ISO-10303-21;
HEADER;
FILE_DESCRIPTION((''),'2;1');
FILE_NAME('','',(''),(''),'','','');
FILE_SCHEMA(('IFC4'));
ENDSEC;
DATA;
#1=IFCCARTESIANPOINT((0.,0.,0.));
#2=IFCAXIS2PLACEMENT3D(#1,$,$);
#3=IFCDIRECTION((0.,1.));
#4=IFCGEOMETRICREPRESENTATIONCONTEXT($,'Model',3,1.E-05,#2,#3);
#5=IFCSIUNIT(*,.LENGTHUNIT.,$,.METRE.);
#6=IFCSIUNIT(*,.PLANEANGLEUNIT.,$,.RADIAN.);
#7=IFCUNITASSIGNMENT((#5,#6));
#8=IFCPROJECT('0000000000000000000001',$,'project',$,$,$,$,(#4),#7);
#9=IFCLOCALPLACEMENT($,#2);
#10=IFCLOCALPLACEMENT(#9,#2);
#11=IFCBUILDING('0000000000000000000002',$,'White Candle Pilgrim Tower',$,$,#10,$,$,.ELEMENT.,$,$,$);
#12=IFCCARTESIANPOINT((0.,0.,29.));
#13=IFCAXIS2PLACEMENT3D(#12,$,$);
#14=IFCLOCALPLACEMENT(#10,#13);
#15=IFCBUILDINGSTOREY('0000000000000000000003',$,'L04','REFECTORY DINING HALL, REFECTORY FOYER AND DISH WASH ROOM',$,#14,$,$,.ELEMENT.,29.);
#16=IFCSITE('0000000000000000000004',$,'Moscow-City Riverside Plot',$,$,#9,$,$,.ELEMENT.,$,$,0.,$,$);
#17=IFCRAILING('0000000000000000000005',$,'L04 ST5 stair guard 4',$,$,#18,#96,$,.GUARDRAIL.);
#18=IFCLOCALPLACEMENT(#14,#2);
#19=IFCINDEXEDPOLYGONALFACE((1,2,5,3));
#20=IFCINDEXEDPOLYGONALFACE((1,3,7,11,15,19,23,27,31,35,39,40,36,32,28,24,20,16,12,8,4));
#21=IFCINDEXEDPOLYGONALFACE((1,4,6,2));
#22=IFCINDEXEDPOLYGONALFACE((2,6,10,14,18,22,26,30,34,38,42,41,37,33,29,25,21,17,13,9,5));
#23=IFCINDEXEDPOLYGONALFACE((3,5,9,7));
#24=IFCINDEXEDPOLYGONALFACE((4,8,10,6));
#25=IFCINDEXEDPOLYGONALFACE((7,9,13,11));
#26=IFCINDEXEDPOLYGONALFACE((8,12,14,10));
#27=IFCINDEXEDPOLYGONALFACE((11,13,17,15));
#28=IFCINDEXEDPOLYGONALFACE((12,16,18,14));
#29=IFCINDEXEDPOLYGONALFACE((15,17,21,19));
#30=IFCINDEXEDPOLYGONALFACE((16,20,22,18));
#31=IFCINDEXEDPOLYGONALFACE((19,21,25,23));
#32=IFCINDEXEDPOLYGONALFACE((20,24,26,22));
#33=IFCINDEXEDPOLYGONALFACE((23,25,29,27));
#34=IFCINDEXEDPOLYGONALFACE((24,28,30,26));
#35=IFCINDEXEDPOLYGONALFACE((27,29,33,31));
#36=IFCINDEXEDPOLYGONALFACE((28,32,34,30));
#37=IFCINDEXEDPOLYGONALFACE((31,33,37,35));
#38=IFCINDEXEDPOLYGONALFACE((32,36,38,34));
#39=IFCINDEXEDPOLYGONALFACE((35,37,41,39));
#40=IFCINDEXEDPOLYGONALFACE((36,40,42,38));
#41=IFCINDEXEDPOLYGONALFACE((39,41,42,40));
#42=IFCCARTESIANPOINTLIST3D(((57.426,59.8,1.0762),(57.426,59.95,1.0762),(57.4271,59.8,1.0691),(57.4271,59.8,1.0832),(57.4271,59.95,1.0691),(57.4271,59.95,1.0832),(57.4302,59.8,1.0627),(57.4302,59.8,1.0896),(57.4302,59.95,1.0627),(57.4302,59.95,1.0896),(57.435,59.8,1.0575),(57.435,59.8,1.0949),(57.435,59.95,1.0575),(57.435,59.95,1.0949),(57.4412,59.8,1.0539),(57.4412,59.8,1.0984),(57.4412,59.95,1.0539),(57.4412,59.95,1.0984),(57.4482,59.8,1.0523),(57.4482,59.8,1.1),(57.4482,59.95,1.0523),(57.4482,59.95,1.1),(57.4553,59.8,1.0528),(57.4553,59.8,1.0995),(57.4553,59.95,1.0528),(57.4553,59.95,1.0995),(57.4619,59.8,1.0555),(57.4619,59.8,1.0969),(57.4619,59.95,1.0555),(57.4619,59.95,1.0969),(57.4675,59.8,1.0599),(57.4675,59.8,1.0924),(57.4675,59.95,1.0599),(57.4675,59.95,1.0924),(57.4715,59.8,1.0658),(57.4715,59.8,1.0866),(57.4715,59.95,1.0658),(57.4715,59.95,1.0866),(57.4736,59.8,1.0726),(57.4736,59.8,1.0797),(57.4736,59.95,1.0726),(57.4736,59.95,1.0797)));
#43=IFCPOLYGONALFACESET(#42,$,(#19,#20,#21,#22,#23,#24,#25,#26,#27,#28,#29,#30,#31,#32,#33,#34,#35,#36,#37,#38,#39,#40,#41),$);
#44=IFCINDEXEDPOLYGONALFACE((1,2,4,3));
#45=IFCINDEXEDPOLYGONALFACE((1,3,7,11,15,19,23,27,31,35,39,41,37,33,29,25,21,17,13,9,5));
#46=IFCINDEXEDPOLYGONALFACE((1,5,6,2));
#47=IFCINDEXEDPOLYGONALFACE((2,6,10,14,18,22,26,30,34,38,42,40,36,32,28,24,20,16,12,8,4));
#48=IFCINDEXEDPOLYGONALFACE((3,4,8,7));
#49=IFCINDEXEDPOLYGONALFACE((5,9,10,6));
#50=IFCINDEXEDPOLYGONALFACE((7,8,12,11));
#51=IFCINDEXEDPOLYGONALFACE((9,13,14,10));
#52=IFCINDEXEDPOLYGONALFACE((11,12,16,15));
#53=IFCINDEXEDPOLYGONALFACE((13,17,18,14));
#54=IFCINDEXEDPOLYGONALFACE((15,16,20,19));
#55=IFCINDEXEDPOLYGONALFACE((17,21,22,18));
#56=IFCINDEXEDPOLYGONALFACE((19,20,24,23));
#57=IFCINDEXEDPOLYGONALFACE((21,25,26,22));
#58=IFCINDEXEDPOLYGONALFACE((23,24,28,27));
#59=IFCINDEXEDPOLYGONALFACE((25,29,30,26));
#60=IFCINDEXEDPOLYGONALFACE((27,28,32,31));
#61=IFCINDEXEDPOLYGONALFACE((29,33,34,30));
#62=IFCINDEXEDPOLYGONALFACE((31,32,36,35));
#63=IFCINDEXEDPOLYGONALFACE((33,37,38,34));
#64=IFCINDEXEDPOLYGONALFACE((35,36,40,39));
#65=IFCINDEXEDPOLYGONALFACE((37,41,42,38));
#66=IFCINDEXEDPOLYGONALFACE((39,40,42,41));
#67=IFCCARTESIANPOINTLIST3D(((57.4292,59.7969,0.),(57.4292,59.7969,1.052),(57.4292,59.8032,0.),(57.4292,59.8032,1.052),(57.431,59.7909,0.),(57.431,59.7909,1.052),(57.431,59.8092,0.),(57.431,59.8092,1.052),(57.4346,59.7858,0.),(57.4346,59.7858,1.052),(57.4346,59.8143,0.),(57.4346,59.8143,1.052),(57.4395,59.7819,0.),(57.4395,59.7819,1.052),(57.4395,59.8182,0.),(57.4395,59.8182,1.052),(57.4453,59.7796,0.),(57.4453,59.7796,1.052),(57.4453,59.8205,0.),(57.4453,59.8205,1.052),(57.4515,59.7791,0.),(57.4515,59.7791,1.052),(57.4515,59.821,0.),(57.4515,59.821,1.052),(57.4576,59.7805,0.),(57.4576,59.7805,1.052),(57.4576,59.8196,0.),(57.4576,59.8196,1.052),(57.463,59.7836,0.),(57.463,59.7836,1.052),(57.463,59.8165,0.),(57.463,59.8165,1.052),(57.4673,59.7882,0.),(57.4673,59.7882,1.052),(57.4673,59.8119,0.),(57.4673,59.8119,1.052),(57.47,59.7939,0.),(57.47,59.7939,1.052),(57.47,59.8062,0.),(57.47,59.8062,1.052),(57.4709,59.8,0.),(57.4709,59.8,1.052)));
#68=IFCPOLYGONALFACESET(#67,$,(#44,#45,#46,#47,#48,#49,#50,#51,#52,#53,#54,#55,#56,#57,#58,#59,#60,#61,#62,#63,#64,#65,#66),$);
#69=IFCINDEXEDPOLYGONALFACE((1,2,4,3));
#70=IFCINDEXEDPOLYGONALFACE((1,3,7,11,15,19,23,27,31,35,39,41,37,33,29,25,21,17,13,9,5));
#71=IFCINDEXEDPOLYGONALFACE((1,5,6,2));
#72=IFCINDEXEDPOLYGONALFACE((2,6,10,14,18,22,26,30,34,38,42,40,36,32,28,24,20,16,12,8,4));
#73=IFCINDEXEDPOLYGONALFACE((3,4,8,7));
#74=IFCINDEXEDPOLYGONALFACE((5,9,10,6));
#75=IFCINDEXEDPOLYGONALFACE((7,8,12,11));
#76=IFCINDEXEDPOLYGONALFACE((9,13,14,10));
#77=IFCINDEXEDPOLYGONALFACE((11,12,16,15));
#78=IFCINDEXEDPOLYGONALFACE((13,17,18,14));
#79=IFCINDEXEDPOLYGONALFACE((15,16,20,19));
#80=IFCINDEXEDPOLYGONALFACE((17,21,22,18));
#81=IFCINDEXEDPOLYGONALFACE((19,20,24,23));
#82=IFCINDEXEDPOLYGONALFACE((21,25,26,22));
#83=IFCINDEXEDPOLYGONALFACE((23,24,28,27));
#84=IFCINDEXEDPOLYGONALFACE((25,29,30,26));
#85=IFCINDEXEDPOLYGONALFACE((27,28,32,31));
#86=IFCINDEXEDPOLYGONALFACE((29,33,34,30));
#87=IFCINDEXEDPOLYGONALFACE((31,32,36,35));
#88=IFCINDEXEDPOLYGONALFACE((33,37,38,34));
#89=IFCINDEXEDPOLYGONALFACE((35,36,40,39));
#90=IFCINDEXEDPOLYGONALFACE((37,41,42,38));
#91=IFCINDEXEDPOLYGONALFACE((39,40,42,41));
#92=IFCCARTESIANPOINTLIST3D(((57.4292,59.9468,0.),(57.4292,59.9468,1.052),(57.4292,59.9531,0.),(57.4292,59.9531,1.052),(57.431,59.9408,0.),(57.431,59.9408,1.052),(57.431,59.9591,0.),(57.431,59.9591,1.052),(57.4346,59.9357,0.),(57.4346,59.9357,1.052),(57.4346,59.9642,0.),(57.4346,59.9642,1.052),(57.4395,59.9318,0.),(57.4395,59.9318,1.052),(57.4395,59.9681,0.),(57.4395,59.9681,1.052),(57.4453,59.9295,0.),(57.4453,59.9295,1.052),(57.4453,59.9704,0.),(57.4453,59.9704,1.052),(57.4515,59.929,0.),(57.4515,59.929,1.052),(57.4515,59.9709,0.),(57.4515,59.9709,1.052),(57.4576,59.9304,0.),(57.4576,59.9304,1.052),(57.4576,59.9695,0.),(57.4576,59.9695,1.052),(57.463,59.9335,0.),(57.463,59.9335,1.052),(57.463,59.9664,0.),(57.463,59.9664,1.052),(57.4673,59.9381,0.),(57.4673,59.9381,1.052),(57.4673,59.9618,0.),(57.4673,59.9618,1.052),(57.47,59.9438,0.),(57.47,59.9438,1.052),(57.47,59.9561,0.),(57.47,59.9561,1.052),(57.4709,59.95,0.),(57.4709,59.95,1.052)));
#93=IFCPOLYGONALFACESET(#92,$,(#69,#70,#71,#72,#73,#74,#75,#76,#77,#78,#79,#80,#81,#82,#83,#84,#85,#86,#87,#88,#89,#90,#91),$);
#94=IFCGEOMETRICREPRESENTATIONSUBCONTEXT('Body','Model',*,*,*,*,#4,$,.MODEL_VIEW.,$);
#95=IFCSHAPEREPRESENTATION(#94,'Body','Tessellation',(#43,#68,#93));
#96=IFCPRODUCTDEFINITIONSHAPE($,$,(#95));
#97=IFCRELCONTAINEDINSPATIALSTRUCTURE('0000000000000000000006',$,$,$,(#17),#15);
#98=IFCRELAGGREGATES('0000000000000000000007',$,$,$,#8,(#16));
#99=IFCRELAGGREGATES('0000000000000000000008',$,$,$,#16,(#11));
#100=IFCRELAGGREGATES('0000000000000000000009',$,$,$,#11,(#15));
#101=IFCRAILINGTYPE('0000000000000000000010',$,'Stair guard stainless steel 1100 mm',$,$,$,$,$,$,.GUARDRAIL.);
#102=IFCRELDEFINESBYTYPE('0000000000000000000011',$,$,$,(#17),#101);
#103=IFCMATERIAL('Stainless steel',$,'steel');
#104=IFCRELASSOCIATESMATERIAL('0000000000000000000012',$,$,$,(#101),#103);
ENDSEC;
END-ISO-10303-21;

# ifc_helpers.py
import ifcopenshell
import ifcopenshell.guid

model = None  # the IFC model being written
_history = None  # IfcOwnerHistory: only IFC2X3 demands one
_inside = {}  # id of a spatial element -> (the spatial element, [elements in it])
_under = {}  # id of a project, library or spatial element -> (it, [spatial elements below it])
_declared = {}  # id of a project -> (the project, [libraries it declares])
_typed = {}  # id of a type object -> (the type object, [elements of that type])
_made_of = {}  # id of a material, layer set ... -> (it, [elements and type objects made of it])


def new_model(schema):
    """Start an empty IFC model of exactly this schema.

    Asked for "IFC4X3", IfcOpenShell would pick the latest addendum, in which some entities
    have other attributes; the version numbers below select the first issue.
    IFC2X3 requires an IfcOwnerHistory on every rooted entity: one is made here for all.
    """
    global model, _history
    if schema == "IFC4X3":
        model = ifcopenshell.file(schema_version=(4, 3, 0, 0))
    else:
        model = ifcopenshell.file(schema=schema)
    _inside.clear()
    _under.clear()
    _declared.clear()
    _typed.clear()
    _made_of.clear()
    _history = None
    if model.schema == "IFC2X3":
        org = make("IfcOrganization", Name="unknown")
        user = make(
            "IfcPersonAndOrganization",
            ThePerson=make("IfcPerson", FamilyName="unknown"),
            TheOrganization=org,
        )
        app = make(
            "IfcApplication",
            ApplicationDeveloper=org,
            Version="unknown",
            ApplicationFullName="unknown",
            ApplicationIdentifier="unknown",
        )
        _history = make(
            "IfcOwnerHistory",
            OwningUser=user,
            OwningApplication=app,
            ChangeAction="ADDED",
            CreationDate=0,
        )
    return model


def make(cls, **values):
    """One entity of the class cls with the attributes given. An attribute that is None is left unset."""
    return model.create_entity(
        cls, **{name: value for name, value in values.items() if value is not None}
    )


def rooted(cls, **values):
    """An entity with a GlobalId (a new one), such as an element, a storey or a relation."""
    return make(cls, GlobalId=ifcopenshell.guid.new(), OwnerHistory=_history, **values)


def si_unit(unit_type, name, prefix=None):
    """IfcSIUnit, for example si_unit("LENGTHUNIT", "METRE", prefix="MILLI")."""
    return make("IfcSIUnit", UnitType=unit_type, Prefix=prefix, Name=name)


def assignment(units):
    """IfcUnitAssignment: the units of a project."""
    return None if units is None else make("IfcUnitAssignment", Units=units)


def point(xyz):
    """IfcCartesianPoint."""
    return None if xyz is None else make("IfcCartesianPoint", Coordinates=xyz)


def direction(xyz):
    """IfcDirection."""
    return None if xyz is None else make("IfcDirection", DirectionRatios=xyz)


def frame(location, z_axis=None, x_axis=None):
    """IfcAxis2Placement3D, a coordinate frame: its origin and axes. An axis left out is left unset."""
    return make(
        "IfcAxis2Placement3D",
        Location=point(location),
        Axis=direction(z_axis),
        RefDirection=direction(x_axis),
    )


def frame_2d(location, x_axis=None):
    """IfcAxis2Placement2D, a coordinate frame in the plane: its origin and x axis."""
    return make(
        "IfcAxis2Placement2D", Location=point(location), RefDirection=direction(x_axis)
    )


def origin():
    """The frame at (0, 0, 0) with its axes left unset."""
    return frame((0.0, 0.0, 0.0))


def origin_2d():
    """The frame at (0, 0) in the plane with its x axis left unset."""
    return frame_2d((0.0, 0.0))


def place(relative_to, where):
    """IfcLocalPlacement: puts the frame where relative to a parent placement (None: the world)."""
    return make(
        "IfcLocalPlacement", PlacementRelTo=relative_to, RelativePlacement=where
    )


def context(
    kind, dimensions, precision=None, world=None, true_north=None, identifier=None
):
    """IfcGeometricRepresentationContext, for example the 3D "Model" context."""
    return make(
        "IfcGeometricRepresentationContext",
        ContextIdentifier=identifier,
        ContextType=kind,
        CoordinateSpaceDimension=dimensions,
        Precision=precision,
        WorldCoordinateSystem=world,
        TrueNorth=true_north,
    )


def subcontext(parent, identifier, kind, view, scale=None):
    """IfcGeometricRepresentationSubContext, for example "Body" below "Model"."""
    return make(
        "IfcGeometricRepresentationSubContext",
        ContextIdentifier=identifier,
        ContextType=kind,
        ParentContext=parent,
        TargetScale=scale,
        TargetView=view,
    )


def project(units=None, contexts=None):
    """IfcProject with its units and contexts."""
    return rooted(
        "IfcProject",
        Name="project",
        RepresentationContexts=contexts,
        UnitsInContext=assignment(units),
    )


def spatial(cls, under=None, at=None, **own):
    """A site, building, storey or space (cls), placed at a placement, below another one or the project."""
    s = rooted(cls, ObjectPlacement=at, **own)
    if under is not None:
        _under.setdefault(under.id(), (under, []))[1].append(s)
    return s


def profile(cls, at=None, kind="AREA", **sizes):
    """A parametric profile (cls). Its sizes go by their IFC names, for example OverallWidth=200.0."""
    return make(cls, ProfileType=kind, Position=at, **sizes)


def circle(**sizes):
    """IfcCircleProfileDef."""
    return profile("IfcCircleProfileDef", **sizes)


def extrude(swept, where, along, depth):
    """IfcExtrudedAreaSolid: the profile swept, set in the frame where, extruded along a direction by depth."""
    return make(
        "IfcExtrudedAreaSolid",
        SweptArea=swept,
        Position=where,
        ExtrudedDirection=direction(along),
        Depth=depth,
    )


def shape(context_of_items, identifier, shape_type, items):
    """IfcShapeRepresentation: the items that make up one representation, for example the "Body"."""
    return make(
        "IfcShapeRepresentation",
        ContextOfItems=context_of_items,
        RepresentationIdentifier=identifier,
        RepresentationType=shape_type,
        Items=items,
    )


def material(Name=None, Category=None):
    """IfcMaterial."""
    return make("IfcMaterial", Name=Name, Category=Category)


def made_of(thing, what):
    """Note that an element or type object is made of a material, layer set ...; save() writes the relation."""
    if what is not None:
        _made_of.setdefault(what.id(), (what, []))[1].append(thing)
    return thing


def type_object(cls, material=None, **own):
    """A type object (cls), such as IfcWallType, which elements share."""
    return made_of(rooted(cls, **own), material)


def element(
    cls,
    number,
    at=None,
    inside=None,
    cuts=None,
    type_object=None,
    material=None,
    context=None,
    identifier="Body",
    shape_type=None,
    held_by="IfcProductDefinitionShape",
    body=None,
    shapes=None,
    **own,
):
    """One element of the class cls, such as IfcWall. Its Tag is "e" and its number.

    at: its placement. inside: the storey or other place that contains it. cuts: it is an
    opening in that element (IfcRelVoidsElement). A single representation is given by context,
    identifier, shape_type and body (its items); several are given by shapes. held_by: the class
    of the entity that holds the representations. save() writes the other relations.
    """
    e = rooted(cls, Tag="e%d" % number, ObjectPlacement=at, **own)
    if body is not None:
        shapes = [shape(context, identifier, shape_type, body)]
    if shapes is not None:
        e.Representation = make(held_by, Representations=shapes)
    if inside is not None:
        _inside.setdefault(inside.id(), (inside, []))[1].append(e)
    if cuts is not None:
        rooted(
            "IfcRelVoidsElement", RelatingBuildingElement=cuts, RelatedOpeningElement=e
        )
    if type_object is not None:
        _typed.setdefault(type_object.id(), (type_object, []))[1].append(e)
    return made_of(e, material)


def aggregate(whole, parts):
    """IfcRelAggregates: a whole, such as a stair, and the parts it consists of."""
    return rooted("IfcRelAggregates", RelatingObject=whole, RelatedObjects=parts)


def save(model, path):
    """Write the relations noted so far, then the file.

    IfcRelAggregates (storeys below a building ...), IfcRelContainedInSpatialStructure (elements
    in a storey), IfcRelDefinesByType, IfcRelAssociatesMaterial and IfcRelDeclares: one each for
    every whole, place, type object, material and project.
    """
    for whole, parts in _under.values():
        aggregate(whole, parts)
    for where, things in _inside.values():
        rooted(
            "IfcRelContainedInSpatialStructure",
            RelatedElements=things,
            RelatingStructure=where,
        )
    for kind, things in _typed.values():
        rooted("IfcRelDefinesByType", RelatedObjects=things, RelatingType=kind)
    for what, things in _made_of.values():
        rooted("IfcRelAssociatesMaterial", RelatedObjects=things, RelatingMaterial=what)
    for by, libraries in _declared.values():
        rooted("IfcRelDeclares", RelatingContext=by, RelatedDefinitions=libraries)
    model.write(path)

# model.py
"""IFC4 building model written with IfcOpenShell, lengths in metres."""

from ifc_helpers import new_model, si_unit, direction, frame, origin, origin_2d, place, context, subcontext, project, spatial, circle, extrude, material, type_object, element, save


model = new_model("IFC4")

# Units and contexts
model_context = context("Model", 3, precision=1e-05, world=origin(), true_north=direction((0.0, 1.0)))
body_context = subcontext(model_context, "Body", "Model", "MODEL_VIEW")
ifc_project = project(units=[si_unit("LENGTHUNIT", "METRE"), si_unit("PLANEANGLEUNIT", "RADIAN")], contexts=[model_context])

# Site, building, storey
site_placement = place(None, origin())
site = spatial("IfcSite", under=ifc_project, at=site_placement, Name="Moscow-City Riverside Plot", CompositionType="ELEMENT", RefElevation=0.0)
building_placement = place(site_placement, origin())
building = spatial("IfcBuilding", under=site, at=building_placement, Name="White Candle Pilgrim Tower", CompositionType="ELEMENT")
storey_placement = place(building_placement, frame((0.0, 0.0, 29.0)))
storey = spatial("IfcBuildingStorey", under=building, at=storey_placement, Name="L04", Description="REFECTORY DINING HALL, REFECTORY FOYER AND DISH WASH ROOM", CompositionType="ELEMENT", Elevation=29.0)

# Railing
ifc_material_1 = material(Name="Stainless steel", Category="steel")
railing_type_1 = type_object("IfcRailingType", Name="Stair guard stainless steel 1100 mm", PredefinedType="GUARDRAIL", material=ifc_material_1)
railing_1_placement = place(storey_placement, frame((57.45, 59.8, 0.0)))
element("IfcRailing", 1, at=railing_1_placement, inside=storey, type_object=railing_type_1, Name="L04 ST5 stair guard 4", PredefinedType="GUARDRAIL", context=body_context, shape_type="SweptSolid", body=[
    extrude(circle(Radius=0.0239, at=origin_2d()), frame((0.0, 0.0, 1.0762), z_axis=(0.0, 1.0, 0.0), x_axis=(-1.0, 0.0, 0.0)), (0.0, 0.0, 1.0), 0.1499),
    extrude(circle(Radius=0.021, at=origin_2d()), origin(), (0.0, 0.0, 1.0), 1.052),
    extrude(circle(Radius=0.021, at=origin_2d()), frame((0.0, 0.1499, 0.0)), (0.0, 0.0, 1.0), 1.052),
])

save(model, "model.ifc")
